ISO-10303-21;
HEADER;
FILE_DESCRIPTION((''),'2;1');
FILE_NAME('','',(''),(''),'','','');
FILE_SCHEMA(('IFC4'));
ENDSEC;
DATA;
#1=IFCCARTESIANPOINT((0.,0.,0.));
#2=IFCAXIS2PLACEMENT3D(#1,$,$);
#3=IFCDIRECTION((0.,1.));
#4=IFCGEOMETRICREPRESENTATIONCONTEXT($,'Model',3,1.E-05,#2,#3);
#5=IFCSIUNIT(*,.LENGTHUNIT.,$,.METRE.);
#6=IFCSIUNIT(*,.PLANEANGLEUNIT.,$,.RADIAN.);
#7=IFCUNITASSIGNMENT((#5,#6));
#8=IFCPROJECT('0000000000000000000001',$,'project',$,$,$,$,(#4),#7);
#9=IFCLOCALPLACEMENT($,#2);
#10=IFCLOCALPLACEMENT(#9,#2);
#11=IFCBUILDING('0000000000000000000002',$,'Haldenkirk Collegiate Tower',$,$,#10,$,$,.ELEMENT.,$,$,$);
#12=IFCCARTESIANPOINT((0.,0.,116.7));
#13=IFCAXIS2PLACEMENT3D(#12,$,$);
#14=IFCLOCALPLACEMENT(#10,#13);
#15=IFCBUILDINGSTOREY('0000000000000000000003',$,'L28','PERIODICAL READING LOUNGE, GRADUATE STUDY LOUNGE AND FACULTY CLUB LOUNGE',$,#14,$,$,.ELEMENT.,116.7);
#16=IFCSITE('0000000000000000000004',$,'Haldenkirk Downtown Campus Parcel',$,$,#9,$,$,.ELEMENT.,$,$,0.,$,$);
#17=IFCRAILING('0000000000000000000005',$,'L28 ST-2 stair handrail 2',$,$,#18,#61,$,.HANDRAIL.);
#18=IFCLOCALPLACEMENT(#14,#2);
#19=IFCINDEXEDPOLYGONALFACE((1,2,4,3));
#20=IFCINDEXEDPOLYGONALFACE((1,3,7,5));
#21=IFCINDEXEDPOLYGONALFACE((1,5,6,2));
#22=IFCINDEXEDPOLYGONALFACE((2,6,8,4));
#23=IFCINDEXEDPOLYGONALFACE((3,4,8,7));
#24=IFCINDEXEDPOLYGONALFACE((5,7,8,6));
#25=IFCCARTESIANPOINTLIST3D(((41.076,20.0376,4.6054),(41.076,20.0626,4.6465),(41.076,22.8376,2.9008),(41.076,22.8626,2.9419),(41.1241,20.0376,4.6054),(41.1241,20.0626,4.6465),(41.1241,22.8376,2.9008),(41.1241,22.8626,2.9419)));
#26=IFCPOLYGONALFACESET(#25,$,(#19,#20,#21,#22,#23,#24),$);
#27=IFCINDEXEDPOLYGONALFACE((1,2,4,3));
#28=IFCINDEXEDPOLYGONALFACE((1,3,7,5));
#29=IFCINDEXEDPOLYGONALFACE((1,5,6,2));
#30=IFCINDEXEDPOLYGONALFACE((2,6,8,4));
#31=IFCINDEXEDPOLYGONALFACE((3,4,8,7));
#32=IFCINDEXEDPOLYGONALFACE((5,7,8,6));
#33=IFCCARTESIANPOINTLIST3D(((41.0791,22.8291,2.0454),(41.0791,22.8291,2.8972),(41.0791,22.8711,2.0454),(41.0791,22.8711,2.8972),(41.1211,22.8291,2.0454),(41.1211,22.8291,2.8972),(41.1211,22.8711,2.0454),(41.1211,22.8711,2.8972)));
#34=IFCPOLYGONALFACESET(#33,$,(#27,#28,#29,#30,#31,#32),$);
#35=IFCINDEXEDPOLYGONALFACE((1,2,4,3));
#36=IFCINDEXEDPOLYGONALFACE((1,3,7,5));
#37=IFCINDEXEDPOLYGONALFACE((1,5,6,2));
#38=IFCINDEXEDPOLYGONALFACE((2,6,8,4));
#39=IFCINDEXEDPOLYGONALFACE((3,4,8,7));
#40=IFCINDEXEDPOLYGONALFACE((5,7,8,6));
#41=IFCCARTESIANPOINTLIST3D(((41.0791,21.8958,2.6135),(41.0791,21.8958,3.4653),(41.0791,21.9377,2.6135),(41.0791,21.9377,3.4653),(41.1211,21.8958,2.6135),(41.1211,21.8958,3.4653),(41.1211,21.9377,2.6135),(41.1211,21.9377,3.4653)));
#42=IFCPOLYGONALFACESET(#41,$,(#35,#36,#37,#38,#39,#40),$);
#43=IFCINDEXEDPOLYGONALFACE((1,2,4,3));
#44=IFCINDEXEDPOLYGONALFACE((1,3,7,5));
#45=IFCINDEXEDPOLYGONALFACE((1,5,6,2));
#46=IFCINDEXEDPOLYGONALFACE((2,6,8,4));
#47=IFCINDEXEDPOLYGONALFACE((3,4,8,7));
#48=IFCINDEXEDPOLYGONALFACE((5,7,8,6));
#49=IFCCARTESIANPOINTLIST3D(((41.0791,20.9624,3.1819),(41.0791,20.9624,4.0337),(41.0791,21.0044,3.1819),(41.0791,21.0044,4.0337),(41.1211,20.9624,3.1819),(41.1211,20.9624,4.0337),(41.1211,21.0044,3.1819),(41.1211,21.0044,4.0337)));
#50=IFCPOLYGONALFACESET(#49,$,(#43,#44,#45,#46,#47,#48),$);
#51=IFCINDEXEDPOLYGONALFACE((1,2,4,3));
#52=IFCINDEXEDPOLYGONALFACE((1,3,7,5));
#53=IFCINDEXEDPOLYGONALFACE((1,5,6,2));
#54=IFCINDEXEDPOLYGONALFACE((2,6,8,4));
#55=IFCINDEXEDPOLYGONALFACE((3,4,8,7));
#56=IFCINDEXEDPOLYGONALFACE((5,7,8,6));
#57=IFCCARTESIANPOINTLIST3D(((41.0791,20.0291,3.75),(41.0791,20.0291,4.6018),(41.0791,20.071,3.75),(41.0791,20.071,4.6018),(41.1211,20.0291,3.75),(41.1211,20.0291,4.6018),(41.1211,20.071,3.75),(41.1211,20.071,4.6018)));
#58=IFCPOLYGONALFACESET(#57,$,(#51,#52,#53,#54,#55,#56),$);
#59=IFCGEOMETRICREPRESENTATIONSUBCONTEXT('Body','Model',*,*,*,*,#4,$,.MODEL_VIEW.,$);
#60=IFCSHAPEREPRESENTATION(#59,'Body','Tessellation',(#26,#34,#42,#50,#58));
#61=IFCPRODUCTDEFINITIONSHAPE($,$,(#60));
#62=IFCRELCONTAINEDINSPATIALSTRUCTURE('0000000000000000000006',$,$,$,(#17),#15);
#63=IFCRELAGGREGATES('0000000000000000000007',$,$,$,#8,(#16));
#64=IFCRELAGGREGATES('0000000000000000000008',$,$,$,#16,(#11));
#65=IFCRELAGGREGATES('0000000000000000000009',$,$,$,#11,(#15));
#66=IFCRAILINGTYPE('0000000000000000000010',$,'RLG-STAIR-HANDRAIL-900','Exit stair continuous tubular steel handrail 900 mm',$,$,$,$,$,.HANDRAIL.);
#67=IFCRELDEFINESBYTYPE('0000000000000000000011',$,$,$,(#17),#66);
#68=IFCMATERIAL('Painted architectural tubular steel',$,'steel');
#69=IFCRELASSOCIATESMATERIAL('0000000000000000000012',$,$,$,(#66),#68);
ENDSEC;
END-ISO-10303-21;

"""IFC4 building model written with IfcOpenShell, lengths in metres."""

from ifc_helpers import new_model, si_unit, direction, frame, origin, origin_2d, place, context, subcontext, project, spatial, rectangle, extrude, material, type_object, element, save


model = new_model("IFC4")

# Units and contexts
model_context = context("Model", 3, precision=1e-05, world=origin(), true_north=direction((0.0, 1.0)))
body_context = subcontext(model_context, "Body", "Model", "MODEL_VIEW")
ifc_project = project(units=[si_unit("LENGTHUNIT", "METRE"), si_unit("PLANEANGLEUNIT", "RADIAN")], contexts=[model_context])

# Site, building, storey
site_placement = place(None, origin())
site = spatial("IfcSite", under=ifc_project, at=site_placement, Name="Haldenkirk Downtown Campus Parcel", CompositionType="ELEMENT", RefElevation=0.0)
building_placement = place(site_placement, origin())
building = spatial("IfcBuilding", under=site, at=building_placement, Name="Haldenkirk Collegiate Tower", CompositionType="ELEMENT")
storey_placement = place(building_placement, frame((0.0, 0.0, 116.7)))
storey = spatial("IfcBuildingStorey", under=building, at=storey_placement, Name="L28", Description="PERIODICAL READING LOUNGE, GRADUATE STUDY LOUNGE AND FACULTY CLUB LOUNGE", CompositionType="ELEMENT", Elevation=116.7)

# Railing
ifc_material_1 = material(Name="Painted architectural tubular steel", Category="steel")
railing_type_1 = type_object("IfcRailingType", Name="RLG-STAIR-HANDRAIL-900", Description="Exit stair continuous tubular steel handrail 900 mm", PredefinedType="HANDRAIL", material=ifc_material_1)
railing_1_placement = place(storey_placement, frame((41.1001, 22.8501, 2.0454)))
element("IfcRailing", 1, at=railing_1_placement, inside=storey, type_object=railing_type_1, Name="L28 ST-2 stair handrail 2", PredefinedType="HANDRAIL", context=body_context, shape_type="SweptSolid", body=[
    extrude(rectangle(XDim=0.0481, YDim=0.0481, at=origin_2d()), frame((0.0, 0.0, 0.876), z_axis=(0.0, -0.85417, 0.519994), x_axis=(1.0, 0.0, 0.0)), (0.0, 0.0, 1.0), 3.2781),
    extrude(rectangle(XDim=0.042, YDim=0.042, at=origin_2d()), origin(), (0.0, 0.0, 1.0), 0.8518),
    extrude(rectangle(XDim=0.042, YDim=0.042, at=origin_2d()), frame((0.0, -0.9333, 0.5681)), (0.0, 0.0, 1.0), 0.8518),
    extrude(rectangle(XDim=0.042, YDim=0.042, at=origin_2d()), frame((0.0, -1.8667, 1.1365)), (0.0, 0.0, 1.0), 0.8518),
    extrude(rectangle(XDim=0.042, YDim=0.042, at=origin_2d()), frame((0.0, -2.8, 1.7046)), (0.0, 0.0, 1.0), 0.8518),
])

save(model, "model.ifc")
